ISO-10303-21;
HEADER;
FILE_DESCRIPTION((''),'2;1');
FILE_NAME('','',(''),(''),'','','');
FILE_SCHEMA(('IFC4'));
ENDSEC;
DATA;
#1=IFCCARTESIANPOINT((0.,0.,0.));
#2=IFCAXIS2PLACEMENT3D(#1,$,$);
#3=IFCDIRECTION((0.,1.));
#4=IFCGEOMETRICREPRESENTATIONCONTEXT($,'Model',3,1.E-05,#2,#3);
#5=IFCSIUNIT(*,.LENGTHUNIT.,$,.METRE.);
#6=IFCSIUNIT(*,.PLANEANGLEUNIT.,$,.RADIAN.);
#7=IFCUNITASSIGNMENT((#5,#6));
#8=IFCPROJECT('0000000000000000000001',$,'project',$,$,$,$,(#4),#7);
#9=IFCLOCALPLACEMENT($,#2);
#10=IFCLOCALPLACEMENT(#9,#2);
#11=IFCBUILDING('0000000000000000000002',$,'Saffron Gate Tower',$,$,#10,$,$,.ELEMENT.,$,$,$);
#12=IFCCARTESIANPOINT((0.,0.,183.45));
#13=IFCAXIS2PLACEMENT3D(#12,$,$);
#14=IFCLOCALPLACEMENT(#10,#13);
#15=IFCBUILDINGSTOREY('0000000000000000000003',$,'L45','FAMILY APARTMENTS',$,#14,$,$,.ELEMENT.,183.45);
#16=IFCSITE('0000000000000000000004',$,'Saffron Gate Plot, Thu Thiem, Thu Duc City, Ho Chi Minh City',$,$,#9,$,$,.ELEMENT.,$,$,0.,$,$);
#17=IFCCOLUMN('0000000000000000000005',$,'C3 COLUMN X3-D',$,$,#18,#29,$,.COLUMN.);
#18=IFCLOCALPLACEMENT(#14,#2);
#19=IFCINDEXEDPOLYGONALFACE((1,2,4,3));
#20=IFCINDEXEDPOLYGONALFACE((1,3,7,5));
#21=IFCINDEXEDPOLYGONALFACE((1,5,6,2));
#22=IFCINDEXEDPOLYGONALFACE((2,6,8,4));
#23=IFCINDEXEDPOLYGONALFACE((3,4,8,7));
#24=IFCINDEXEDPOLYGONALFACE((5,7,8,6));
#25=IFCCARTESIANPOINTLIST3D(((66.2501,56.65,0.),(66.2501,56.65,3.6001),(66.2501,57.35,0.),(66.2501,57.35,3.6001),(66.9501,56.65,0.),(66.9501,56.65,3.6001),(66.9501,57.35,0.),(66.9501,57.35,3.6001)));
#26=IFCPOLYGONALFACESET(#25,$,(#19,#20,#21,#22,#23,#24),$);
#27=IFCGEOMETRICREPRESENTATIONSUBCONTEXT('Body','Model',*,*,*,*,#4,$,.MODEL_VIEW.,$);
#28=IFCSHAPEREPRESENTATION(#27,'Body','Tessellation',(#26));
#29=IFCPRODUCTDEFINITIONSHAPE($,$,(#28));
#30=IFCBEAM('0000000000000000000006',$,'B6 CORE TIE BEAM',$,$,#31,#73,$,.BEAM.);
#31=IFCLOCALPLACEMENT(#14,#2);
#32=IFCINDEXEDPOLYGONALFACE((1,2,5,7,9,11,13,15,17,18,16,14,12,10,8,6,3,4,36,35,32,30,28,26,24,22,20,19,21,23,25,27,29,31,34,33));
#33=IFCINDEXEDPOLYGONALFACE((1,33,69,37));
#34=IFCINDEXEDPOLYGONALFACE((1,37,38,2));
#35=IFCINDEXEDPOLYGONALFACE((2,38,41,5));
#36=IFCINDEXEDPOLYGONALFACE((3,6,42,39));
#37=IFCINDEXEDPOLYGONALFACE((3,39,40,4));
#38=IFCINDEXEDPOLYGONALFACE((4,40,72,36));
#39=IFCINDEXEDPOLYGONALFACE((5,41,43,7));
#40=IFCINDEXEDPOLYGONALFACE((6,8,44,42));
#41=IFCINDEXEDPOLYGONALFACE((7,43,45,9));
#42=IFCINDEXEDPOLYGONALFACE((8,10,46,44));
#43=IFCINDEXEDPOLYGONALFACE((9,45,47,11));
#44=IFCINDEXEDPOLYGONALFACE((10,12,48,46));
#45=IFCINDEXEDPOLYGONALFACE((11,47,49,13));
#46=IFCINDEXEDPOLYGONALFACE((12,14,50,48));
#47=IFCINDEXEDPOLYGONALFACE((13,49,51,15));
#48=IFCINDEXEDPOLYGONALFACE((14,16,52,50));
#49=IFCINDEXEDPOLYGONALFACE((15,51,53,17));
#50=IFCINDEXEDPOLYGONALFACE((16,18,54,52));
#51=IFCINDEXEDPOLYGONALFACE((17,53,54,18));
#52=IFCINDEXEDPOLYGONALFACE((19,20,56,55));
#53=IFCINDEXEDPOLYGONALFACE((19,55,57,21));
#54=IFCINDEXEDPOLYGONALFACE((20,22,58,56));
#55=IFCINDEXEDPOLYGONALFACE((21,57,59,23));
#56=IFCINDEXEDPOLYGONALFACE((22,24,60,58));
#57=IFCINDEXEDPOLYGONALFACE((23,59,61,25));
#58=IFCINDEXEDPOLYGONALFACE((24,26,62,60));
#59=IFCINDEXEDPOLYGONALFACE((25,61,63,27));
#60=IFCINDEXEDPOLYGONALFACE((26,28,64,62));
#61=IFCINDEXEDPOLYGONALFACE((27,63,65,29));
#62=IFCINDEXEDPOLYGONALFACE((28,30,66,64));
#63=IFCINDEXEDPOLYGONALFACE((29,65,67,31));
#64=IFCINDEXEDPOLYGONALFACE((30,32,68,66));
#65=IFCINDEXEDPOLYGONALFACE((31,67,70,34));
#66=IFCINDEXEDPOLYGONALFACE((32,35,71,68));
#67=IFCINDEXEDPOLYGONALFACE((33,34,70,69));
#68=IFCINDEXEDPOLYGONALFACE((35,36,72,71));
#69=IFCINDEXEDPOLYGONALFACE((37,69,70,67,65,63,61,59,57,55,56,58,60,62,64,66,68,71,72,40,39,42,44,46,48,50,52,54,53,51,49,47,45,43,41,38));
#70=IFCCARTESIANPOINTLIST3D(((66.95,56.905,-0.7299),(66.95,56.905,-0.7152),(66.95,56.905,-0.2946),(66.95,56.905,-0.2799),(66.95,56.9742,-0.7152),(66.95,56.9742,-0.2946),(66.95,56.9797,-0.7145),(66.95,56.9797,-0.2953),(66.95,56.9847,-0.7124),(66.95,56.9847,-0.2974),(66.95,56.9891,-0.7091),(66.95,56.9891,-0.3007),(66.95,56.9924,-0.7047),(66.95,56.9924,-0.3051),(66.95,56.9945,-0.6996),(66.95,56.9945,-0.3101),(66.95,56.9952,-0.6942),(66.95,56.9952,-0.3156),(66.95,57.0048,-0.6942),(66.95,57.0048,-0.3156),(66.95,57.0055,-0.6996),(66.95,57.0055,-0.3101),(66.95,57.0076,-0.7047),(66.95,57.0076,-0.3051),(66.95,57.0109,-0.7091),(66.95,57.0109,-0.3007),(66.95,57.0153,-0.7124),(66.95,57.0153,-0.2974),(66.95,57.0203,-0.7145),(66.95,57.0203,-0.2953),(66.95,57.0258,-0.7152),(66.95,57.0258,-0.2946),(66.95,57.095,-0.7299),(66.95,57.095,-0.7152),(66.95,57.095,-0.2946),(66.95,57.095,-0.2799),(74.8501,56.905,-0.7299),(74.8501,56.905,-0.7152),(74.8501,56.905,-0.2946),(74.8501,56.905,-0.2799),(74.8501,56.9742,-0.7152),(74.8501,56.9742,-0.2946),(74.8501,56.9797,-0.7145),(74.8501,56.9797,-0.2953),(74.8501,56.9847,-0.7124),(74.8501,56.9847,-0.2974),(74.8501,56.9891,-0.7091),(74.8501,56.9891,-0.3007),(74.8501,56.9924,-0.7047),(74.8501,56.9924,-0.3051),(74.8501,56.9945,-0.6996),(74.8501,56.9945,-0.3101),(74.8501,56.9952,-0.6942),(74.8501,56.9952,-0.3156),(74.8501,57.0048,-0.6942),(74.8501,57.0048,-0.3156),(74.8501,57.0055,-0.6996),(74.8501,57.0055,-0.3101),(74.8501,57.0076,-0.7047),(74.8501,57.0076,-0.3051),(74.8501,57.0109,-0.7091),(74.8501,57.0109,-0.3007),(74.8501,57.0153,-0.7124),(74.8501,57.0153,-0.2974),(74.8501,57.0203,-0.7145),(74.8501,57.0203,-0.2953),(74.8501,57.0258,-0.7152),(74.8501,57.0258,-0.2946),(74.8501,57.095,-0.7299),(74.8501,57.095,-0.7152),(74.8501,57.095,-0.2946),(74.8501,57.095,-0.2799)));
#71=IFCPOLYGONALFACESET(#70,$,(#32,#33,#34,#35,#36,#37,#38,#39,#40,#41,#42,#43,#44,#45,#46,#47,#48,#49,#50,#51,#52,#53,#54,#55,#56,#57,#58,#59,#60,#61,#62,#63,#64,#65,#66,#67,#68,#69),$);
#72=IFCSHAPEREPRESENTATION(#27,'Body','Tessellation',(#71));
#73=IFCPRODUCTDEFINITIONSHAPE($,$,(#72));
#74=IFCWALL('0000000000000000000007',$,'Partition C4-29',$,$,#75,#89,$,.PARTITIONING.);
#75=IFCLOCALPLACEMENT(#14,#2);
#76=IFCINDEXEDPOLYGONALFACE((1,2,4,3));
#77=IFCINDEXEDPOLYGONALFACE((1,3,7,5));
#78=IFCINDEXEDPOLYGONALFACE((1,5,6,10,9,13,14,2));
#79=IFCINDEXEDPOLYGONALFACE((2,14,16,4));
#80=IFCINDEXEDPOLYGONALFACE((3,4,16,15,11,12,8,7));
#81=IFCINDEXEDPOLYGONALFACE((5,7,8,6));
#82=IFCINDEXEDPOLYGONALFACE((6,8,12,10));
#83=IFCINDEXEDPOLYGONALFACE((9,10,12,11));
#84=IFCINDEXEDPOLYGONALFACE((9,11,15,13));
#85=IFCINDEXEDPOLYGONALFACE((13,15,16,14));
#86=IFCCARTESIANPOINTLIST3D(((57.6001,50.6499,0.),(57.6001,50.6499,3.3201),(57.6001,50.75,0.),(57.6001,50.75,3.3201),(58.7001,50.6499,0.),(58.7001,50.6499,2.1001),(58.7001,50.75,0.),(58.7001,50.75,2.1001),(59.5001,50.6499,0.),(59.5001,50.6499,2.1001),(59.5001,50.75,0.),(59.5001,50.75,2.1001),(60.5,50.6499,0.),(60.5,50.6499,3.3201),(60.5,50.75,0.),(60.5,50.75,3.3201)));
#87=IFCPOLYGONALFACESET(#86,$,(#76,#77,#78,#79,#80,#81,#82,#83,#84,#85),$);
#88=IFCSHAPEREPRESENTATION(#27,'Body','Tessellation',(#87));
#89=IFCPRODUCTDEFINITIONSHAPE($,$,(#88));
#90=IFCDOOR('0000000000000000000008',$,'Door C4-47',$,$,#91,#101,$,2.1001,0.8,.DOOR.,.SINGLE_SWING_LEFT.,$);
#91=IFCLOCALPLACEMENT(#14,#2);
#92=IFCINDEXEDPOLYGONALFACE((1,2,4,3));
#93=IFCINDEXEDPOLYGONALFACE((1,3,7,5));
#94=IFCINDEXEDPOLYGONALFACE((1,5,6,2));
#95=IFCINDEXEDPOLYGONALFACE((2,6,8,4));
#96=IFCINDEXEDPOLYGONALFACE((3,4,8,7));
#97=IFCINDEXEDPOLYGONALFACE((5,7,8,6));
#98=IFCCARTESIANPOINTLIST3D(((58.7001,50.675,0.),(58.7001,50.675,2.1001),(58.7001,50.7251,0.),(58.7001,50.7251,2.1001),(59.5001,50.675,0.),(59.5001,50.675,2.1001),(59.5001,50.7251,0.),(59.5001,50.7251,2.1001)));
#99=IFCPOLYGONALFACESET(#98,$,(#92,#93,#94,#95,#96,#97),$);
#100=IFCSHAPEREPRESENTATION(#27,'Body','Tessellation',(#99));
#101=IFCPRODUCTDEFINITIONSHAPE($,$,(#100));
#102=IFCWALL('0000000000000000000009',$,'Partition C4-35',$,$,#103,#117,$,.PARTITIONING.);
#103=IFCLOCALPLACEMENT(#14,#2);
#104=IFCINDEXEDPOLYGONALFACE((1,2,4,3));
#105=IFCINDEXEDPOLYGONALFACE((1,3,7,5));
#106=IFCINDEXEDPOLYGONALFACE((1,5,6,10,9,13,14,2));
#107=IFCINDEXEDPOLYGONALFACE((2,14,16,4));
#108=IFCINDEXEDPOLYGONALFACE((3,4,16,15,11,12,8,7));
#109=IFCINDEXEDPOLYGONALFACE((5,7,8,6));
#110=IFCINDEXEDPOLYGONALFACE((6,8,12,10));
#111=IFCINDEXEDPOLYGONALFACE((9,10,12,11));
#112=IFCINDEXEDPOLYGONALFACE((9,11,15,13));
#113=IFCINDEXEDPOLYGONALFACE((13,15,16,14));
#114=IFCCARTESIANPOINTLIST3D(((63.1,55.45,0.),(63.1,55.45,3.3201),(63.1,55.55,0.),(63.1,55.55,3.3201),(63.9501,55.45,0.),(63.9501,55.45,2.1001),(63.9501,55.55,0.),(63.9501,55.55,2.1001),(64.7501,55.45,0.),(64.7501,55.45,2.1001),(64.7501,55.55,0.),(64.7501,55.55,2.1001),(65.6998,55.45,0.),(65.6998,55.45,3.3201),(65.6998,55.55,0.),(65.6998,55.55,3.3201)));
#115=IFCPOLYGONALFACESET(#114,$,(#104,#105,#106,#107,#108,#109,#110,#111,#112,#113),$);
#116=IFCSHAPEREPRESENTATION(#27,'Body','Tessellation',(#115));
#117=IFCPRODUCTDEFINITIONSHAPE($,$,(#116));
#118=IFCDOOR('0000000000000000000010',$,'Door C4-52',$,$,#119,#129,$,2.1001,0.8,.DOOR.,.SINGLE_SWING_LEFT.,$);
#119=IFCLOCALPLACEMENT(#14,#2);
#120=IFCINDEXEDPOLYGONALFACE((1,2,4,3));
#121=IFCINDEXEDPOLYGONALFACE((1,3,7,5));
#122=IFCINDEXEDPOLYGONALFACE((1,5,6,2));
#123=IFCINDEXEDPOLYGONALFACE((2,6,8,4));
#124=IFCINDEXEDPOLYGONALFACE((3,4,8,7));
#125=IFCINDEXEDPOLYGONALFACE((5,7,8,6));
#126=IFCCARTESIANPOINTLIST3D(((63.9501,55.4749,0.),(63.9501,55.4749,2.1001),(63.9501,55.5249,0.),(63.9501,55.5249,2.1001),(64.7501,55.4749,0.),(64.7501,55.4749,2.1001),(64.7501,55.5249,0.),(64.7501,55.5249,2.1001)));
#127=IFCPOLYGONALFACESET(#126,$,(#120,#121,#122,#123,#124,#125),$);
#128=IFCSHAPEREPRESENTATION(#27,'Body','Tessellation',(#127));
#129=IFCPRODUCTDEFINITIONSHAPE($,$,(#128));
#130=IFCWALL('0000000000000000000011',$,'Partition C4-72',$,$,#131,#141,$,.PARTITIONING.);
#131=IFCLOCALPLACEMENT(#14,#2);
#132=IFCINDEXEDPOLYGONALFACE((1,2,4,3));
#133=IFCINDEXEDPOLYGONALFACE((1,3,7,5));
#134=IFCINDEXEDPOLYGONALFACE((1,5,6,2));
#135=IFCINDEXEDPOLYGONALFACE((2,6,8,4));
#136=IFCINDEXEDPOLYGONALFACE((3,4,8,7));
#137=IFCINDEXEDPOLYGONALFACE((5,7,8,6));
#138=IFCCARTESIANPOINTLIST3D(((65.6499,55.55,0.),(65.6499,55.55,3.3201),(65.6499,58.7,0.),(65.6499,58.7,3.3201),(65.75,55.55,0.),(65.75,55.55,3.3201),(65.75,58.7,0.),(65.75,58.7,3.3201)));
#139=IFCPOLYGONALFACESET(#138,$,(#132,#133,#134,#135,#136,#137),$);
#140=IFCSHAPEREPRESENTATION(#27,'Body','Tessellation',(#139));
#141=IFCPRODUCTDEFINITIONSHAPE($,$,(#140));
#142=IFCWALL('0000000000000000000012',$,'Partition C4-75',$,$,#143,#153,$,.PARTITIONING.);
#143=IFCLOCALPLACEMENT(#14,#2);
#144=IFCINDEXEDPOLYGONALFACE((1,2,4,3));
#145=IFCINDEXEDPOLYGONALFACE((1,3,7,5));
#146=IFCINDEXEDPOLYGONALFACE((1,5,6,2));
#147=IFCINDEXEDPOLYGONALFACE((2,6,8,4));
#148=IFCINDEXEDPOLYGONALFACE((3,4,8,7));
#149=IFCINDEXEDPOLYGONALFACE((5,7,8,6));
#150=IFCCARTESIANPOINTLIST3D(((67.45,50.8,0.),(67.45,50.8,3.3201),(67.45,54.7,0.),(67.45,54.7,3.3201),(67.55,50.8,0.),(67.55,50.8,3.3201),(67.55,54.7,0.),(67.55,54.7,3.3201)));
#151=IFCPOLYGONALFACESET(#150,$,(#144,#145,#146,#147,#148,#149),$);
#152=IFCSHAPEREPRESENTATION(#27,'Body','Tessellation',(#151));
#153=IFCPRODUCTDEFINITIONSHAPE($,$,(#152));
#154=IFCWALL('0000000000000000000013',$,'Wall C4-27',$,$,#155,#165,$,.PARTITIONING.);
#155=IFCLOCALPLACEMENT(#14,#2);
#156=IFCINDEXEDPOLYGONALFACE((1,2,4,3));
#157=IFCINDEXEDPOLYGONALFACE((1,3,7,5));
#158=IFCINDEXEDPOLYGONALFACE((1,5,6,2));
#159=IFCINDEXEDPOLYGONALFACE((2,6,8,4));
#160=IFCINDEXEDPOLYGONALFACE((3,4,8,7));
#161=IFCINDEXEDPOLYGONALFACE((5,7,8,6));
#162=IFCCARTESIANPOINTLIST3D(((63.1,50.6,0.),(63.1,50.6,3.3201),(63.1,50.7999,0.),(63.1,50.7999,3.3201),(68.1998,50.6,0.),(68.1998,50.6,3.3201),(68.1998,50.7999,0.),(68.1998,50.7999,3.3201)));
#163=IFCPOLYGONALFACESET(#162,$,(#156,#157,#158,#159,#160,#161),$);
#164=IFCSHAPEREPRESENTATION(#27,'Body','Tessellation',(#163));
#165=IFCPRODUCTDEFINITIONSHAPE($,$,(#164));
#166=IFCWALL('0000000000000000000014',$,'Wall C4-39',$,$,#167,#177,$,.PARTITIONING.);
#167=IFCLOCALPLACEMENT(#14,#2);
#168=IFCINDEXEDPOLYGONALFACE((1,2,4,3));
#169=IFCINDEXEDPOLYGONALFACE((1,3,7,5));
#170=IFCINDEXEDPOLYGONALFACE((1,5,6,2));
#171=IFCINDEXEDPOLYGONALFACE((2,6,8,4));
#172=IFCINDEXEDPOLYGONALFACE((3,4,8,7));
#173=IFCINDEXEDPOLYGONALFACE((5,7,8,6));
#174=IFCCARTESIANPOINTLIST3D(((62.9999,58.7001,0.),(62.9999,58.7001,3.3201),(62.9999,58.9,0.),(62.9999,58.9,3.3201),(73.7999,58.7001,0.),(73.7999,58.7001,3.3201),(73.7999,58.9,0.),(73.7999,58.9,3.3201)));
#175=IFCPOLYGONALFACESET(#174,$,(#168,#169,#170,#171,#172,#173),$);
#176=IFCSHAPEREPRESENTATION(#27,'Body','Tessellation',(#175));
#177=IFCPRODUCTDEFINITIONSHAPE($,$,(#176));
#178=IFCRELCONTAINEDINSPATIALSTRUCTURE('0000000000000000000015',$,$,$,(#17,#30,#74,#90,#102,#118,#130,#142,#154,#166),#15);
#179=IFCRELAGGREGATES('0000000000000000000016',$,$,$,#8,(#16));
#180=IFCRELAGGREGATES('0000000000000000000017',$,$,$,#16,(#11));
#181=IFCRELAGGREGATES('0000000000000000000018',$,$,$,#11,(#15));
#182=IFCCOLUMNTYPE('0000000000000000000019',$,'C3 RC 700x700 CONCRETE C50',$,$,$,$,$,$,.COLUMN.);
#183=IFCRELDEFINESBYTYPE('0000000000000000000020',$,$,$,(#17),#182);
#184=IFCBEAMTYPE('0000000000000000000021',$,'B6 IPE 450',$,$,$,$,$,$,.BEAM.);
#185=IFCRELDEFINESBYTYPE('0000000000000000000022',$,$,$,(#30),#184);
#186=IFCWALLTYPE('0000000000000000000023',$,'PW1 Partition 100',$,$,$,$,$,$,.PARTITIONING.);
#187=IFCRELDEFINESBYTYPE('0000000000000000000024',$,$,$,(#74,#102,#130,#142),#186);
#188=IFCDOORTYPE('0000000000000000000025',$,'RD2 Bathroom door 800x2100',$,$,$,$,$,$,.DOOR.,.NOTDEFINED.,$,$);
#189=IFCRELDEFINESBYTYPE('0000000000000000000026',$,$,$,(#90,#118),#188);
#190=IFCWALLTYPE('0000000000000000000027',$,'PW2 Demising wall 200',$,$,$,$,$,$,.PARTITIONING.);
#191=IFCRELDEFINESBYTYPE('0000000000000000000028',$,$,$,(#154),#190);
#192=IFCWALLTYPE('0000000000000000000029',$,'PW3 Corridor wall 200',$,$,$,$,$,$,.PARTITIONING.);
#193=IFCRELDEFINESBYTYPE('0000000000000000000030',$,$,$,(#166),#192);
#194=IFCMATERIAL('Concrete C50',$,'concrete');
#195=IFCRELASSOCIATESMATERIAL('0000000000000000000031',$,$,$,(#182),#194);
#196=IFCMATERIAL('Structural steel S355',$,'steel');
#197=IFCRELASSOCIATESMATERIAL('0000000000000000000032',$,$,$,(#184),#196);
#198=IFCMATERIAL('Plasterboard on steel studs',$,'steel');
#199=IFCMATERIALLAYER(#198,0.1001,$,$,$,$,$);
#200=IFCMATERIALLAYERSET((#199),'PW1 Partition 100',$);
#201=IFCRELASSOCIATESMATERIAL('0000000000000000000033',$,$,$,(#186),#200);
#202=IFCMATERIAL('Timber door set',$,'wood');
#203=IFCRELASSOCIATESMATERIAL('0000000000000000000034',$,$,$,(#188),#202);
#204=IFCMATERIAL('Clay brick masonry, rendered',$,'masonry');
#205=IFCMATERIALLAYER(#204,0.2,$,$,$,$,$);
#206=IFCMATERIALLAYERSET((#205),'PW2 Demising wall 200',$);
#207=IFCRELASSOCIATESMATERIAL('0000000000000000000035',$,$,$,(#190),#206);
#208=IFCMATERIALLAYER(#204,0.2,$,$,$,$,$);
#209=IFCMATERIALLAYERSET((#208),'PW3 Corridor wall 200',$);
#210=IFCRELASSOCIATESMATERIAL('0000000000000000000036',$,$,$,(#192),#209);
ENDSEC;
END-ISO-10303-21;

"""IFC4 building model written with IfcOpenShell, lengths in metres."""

from ifc_helpers import new_model, si_unit, direction, frame, frame_2d, origin, origin_2d, place, context, subcontext, project, spatial, rectangle, i_section, extrude, material, layer, layer_set, material_profile, profile_set, type_object, element, fill, save


model = new_model("IFC4")

# Units and contexts
model_context = context("Model", 3, precision=1e-05, world=origin(), true_north=direction((0.0, 1.0)))
body_context = subcontext(model_context, "Body", "Model", "MODEL_VIEW")
ifc_project = project(units=[si_unit("LENGTHUNIT", "METRE"), si_unit("PLANEANGLEUNIT", "RADIAN")], contexts=[model_context])

# Site, building, storey
site_placement = place(None, origin())
site = spatial("IfcSite", under=ifc_project, at=site_placement, Name="Saffron Gate Plot, Thu Thiem, Thu Duc City, Ho Chi Minh City", CompositionType="ELEMENT", RefElevation=0.0)
building_placement = place(site_placement, origin())
building = spatial("IfcBuilding", under=site, at=building_placement, Name="Saffron Gate Tower", CompositionType="ELEMENT")
storey_placement = place(building_placement, frame((0.0, 0.0, 183.45)))
storey = spatial("IfcBuildingStorey", under=building, at=storey_placement, Name="L45", Description="FAMILY APARTMENTS", CompositionType="ELEMENT", Elevation=183.45)

# Column
ifc_material_1 = material(Name="Concrete C50", Category="concrete")
ifc_material_profile_1 = material_profile(ifc_material_1, rectangle(XDim=0.7, YDim=0.7, at=origin_2d()))
ifc_profile_set_1 = profile_set([ifc_material_profile_1], Name="Concrete C50")
column_type = type_object("IfcColumnType", Name="C3 RC 700x700 CONCRETE C50", PredefinedType="COLUMN", material=ifc_profile_set_1)
column_placement = place(storey_placement, frame((66.6001, 57.0, 0.0), z_axis=(0.0, 0.0, 1.0), x_axis=(1.0, 0.0, 0.0)))
element("IfcColumn", 1, at=column_placement, inside=storey, type_object=column_type, Name="C3 COLUMN X3-D", PredefinedType="COLUMN", context=body_context, shape_type="SweptSolid", body=[
    extrude(rectangle(XDim=0.7, YDim=0.7, at=origin_2d()), origin(), (0.0, 0.0, 1.0), 3.6001),
])

# Beam
ifc_material_2 = material(Name="Structural steel S355", Category="steel")
ifc_material_profile_2 = material_profile(ifc_material_2, i_section(OverallWidth=0.1899, OverallDepth=0.45, WebThickness=0.0095, FlangeThickness=0.0146, FilletRadius=0.021, at=origin_2d()))
ifc_profile_set_2 = profile_set([ifc_material_profile_2], Name="Structural steel S355")
beam_type = type_object("IfcBeamType", Name="B6 IPE 450", PredefinedType="BEAM", material=ifc_profile_set_2)
beam_placement = place(storey_placement, frame((66.95, 57.0, -0.5049), z_axis=(1.0, 0.0, 0.0), x_axis=(0.0, 1.0, 0.0)))
element("IfcBeam", 2, at=beam_placement, inside=storey, type_object=beam_type, Name="B6 CORE TIE BEAM", PredefinedType="BEAM", context=body_context, shape_type="SweptSolid", body=[
    extrude(i_section(OverallWidth=0.1899, OverallDepth=0.45, WebThickness=0.0095, FlangeThickness=0.0146, FilletRadius=0.021, at=origin_2d()), origin(), (0.0, 0.0, 1.0), 7.9001),
])

# Walls, openings, doors
ifc_material_3 = material(Name="Plasterboard on steel studs", Category="steel")
ifc_layer_1 = layer(ifc_material_3, 0.1001)
ifc_layer_set_1 = layer_set([ifc_layer_1], Name="PW1 Partition 100")
wall_type_1 = type_object("IfcWallType", Name="PW1 Partition 100", PredefinedType="PARTITIONING", material=ifc_layer_set_1)
wall_1_placement = place(storey_placement, frame((60.5, 50.7, 0.0), z_axis=(0.0, 0.0, 1.0), x_axis=(-1.0, 0.0, 0.0)))
wall_1 = element("IfcWall", 3, at=wall_1_placement, inside=storey, type_object=wall_type_1, Name="Partition C4-29", PredefinedType="PARTITIONING", context=body_context, shape_type="SweptSolid", body=[
    extrude(rectangle(XDim=2.8999, YDim=0.1001, at=frame_2d((1.45, 0.0))), origin(), (0.0, 0.0, 1.0), 3.3201),
])
opening_1_placement = place(wall_1_placement, frame((1.0, 0.0, 0.0)))
opening_1 = element("IfcOpeningElement", 4, at=opening_1_placement, cuts=wall_1, PredefinedType="OPENING", context=body_context, shape_type="SweptSolid", body=[
    extrude(rectangle(XDim=0.8, YDim=2.1001, at=frame_2d((0.3999, 1.05))), frame((0.0, 0.0601, 0.0), z_axis=(0.0, -1.0, 0.0), x_axis=(1.0, 0.0, 0.0)), (0.0, 0.0, 1.0), 0.1201),
])
ifc_material_4 = material(Name="Timber door set", Category="wood")
door_type_1 = type_object("IfcDoorType", Name="RD2 Bathroom door 800x2100", OperationType="NOTDEFINED", PredefinedType="DOOR", material=ifc_material_4)
door_1_placement = place(opening_1_placement, origin())
door_1 = element("IfcDoor", 5, at=door_1_placement, inside=storey, type_object=door_type_1, Name="Door C4-47", OperationType="SINGLE_SWING_LEFT", OverallHeight=2.1001, OverallWidth=0.8, PredefinedType="DOOR", context=body_context, shape_type="SweptSolid", body=[
    extrude(rectangle(XDim=0.8, YDim=2.1001, at=frame_2d((0.3999, 1.05))), frame((0.0, 0.0249, 0.0), z_axis=(0.0, -1.0, 0.0), x_axis=(1.0, 0.0, 0.0)), (0.0, 0.0, 1.0), 0.05),
])
fill(opening_1, door_1)
wall_2_placement = place(storey_placement, frame((63.1001, 55.5, 0.0), z_axis=(0.0, 0.0, 1.0), x_axis=(1.0, 0.0, 0.0)))
wall_2 = element("IfcWall", 6, at=wall_2_placement, inside=storey, type_object=wall_type_1, Name="Partition C4-35", PredefinedType="PARTITIONING", context=body_context, shape_type="SweptSolid", body=[
    extrude(rectangle(XDim=2.5999, YDim=0.1001, at=frame_2d((1.2998, 0.0))), origin(), (0.0, 0.0, 1.0), 3.3201),
])
opening_2_placement = place(wall_2_placement, frame((0.8501, 0.0, 0.0)))
opening_2 = element("IfcOpeningElement", 7, at=opening_2_placement, cuts=wall_2, PredefinedType="OPENING", context=body_context, shape_type="SweptSolid", body=[
    extrude(rectangle(XDim=0.8, YDim=2.1001, at=frame_2d((0.3999, 1.05))), frame((0.0, 0.0601, 0.0), z_axis=(0.0, -1.0, 0.0), x_axis=(1.0, 0.0, 0.0)), (0.0, 0.0, 1.0), 0.1201),
])
door_2_placement = place(opening_2_placement, origin())
door_2 = element("IfcDoor", 8, at=door_2_placement, inside=storey, type_object=door_type_1, Name="Door C4-52", OperationType="SINGLE_SWING_LEFT", OverallHeight=2.1001, OverallWidth=0.8, PredefinedType="DOOR", context=body_context, shape_type="SweptSolid", body=[
    extrude(rectangle(XDim=0.8, YDim=2.1001, at=frame_2d((0.3999, 1.05))), frame((0.0, 0.0249, 0.0), z_axis=(0.0, -1.0, 0.0), x_axis=(1.0, 0.0, 0.0)), (0.0, 0.0, 1.0), 0.05),
])
fill(opening_2, door_2)

# Walls
wall_3_placement = place(storey_placement, frame((65.7, 58.7, 0.0), z_axis=(0.0, 0.0, 1.0), x_axis=(0.0, -1.0, 0.0)))
element("IfcWall", 9, at=wall_3_placement, inside=storey, type_object=wall_type_1, Name="Partition C4-72", PredefinedType="PARTITIONING", context=body_context, shape_type="SweptSolid", body=[
    extrude(rectangle(XDim=3.1499, YDim=0.1001, at=frame_2d((1.575, 0.0))), origin(), (0.0, 0.0, 1.0), 3.3201),
])
wall_4_placement = place(storey_placement, frame((67.5, 54.7, 0.0), z_axis=(0.0, 0.0, 1.0), x_axis=(0.0, -1.0, 0.0)))
element("IfcWall", 10, at=wall_4_placement, inside=storey, type_object=wall_type_1, Name="Partition C4-75", PredefinedType="PARTITIONING", context=body_context, shape_type="SweptSolid", body=[
    extrude(rectangle(XDim=3.8999, YDim=0.1001, at=frame_2d((1.95, 0.0))), origin(), (0.0, 0.0, 1.0), 3.3201),
])
ifc_material_5 = material(Name="Clay brick masonry, rendered", Category="masonry")
ifc_layer_2 = layer(ifc_material_5, 0.2)
ifc_layer_set_2 = layer_set([ifc_layer_2], Name="PW2 Demising wall 200")
wall_type_2 = type_object("IfcWallType", Name="PW2 Demising wall 200", PredefinedType="PARTITIONING", material=ifc_layer_set_2)
wall_5_placement = place(storey_placement, frame((63.1001, 50.7, 0.0), z_axis=(0.0, 0.0, 1.0), x_axis=(1.0, 0.0, 0.0)))
element("IfcWall", 11, at=wall_5_placement, inside=storey, type_object=wall_type_2, Name="Wall C4-27", PredefinedType="PARTITIONING", context=body_context, shape_type="SweptSolid", body=[
    extrude(rectangle(XDim=5.0999, YDim=0.2, at=frame_2d((2.5498, 0.0))), origin(), (0.0, 0.0, 1.0), 3.3201),
])
ifc_layer_3 = layer(ifc_material_5, 0.2)
ifc_layer_set_3 = layer_set([ifc_layer_3], Name="PW3 Corridor wall 200")
wall_type_3 = type_object("IfcWallType", Name="PW3 Corridor wall 200", PredefinedType="PARTITIONING", material=ifc_layer_set_3)
wall_6_placement = place(storey_placement, frame((63.0, 58.8, 0.0), z_axis=(0.0, 0.0, 1.0), x_axis=(1.0, 0.0, 0.0)))
element("IfcWall", 12, at=wall_6_placement, inside=storey, type_object=wall_type_3, Name="Wall C4-39", PredefinedType="PARTITIONING", context=body_context, shape_type="SweptSolid", body=[
    extrude(rectangle(XDim=10.8, YDim=0.2, at=frame_2d((5.3999, 0.0))), origin(), (0.0, 0.0, 1.0), 3.3201),
])

save(model, "model.ifc")
